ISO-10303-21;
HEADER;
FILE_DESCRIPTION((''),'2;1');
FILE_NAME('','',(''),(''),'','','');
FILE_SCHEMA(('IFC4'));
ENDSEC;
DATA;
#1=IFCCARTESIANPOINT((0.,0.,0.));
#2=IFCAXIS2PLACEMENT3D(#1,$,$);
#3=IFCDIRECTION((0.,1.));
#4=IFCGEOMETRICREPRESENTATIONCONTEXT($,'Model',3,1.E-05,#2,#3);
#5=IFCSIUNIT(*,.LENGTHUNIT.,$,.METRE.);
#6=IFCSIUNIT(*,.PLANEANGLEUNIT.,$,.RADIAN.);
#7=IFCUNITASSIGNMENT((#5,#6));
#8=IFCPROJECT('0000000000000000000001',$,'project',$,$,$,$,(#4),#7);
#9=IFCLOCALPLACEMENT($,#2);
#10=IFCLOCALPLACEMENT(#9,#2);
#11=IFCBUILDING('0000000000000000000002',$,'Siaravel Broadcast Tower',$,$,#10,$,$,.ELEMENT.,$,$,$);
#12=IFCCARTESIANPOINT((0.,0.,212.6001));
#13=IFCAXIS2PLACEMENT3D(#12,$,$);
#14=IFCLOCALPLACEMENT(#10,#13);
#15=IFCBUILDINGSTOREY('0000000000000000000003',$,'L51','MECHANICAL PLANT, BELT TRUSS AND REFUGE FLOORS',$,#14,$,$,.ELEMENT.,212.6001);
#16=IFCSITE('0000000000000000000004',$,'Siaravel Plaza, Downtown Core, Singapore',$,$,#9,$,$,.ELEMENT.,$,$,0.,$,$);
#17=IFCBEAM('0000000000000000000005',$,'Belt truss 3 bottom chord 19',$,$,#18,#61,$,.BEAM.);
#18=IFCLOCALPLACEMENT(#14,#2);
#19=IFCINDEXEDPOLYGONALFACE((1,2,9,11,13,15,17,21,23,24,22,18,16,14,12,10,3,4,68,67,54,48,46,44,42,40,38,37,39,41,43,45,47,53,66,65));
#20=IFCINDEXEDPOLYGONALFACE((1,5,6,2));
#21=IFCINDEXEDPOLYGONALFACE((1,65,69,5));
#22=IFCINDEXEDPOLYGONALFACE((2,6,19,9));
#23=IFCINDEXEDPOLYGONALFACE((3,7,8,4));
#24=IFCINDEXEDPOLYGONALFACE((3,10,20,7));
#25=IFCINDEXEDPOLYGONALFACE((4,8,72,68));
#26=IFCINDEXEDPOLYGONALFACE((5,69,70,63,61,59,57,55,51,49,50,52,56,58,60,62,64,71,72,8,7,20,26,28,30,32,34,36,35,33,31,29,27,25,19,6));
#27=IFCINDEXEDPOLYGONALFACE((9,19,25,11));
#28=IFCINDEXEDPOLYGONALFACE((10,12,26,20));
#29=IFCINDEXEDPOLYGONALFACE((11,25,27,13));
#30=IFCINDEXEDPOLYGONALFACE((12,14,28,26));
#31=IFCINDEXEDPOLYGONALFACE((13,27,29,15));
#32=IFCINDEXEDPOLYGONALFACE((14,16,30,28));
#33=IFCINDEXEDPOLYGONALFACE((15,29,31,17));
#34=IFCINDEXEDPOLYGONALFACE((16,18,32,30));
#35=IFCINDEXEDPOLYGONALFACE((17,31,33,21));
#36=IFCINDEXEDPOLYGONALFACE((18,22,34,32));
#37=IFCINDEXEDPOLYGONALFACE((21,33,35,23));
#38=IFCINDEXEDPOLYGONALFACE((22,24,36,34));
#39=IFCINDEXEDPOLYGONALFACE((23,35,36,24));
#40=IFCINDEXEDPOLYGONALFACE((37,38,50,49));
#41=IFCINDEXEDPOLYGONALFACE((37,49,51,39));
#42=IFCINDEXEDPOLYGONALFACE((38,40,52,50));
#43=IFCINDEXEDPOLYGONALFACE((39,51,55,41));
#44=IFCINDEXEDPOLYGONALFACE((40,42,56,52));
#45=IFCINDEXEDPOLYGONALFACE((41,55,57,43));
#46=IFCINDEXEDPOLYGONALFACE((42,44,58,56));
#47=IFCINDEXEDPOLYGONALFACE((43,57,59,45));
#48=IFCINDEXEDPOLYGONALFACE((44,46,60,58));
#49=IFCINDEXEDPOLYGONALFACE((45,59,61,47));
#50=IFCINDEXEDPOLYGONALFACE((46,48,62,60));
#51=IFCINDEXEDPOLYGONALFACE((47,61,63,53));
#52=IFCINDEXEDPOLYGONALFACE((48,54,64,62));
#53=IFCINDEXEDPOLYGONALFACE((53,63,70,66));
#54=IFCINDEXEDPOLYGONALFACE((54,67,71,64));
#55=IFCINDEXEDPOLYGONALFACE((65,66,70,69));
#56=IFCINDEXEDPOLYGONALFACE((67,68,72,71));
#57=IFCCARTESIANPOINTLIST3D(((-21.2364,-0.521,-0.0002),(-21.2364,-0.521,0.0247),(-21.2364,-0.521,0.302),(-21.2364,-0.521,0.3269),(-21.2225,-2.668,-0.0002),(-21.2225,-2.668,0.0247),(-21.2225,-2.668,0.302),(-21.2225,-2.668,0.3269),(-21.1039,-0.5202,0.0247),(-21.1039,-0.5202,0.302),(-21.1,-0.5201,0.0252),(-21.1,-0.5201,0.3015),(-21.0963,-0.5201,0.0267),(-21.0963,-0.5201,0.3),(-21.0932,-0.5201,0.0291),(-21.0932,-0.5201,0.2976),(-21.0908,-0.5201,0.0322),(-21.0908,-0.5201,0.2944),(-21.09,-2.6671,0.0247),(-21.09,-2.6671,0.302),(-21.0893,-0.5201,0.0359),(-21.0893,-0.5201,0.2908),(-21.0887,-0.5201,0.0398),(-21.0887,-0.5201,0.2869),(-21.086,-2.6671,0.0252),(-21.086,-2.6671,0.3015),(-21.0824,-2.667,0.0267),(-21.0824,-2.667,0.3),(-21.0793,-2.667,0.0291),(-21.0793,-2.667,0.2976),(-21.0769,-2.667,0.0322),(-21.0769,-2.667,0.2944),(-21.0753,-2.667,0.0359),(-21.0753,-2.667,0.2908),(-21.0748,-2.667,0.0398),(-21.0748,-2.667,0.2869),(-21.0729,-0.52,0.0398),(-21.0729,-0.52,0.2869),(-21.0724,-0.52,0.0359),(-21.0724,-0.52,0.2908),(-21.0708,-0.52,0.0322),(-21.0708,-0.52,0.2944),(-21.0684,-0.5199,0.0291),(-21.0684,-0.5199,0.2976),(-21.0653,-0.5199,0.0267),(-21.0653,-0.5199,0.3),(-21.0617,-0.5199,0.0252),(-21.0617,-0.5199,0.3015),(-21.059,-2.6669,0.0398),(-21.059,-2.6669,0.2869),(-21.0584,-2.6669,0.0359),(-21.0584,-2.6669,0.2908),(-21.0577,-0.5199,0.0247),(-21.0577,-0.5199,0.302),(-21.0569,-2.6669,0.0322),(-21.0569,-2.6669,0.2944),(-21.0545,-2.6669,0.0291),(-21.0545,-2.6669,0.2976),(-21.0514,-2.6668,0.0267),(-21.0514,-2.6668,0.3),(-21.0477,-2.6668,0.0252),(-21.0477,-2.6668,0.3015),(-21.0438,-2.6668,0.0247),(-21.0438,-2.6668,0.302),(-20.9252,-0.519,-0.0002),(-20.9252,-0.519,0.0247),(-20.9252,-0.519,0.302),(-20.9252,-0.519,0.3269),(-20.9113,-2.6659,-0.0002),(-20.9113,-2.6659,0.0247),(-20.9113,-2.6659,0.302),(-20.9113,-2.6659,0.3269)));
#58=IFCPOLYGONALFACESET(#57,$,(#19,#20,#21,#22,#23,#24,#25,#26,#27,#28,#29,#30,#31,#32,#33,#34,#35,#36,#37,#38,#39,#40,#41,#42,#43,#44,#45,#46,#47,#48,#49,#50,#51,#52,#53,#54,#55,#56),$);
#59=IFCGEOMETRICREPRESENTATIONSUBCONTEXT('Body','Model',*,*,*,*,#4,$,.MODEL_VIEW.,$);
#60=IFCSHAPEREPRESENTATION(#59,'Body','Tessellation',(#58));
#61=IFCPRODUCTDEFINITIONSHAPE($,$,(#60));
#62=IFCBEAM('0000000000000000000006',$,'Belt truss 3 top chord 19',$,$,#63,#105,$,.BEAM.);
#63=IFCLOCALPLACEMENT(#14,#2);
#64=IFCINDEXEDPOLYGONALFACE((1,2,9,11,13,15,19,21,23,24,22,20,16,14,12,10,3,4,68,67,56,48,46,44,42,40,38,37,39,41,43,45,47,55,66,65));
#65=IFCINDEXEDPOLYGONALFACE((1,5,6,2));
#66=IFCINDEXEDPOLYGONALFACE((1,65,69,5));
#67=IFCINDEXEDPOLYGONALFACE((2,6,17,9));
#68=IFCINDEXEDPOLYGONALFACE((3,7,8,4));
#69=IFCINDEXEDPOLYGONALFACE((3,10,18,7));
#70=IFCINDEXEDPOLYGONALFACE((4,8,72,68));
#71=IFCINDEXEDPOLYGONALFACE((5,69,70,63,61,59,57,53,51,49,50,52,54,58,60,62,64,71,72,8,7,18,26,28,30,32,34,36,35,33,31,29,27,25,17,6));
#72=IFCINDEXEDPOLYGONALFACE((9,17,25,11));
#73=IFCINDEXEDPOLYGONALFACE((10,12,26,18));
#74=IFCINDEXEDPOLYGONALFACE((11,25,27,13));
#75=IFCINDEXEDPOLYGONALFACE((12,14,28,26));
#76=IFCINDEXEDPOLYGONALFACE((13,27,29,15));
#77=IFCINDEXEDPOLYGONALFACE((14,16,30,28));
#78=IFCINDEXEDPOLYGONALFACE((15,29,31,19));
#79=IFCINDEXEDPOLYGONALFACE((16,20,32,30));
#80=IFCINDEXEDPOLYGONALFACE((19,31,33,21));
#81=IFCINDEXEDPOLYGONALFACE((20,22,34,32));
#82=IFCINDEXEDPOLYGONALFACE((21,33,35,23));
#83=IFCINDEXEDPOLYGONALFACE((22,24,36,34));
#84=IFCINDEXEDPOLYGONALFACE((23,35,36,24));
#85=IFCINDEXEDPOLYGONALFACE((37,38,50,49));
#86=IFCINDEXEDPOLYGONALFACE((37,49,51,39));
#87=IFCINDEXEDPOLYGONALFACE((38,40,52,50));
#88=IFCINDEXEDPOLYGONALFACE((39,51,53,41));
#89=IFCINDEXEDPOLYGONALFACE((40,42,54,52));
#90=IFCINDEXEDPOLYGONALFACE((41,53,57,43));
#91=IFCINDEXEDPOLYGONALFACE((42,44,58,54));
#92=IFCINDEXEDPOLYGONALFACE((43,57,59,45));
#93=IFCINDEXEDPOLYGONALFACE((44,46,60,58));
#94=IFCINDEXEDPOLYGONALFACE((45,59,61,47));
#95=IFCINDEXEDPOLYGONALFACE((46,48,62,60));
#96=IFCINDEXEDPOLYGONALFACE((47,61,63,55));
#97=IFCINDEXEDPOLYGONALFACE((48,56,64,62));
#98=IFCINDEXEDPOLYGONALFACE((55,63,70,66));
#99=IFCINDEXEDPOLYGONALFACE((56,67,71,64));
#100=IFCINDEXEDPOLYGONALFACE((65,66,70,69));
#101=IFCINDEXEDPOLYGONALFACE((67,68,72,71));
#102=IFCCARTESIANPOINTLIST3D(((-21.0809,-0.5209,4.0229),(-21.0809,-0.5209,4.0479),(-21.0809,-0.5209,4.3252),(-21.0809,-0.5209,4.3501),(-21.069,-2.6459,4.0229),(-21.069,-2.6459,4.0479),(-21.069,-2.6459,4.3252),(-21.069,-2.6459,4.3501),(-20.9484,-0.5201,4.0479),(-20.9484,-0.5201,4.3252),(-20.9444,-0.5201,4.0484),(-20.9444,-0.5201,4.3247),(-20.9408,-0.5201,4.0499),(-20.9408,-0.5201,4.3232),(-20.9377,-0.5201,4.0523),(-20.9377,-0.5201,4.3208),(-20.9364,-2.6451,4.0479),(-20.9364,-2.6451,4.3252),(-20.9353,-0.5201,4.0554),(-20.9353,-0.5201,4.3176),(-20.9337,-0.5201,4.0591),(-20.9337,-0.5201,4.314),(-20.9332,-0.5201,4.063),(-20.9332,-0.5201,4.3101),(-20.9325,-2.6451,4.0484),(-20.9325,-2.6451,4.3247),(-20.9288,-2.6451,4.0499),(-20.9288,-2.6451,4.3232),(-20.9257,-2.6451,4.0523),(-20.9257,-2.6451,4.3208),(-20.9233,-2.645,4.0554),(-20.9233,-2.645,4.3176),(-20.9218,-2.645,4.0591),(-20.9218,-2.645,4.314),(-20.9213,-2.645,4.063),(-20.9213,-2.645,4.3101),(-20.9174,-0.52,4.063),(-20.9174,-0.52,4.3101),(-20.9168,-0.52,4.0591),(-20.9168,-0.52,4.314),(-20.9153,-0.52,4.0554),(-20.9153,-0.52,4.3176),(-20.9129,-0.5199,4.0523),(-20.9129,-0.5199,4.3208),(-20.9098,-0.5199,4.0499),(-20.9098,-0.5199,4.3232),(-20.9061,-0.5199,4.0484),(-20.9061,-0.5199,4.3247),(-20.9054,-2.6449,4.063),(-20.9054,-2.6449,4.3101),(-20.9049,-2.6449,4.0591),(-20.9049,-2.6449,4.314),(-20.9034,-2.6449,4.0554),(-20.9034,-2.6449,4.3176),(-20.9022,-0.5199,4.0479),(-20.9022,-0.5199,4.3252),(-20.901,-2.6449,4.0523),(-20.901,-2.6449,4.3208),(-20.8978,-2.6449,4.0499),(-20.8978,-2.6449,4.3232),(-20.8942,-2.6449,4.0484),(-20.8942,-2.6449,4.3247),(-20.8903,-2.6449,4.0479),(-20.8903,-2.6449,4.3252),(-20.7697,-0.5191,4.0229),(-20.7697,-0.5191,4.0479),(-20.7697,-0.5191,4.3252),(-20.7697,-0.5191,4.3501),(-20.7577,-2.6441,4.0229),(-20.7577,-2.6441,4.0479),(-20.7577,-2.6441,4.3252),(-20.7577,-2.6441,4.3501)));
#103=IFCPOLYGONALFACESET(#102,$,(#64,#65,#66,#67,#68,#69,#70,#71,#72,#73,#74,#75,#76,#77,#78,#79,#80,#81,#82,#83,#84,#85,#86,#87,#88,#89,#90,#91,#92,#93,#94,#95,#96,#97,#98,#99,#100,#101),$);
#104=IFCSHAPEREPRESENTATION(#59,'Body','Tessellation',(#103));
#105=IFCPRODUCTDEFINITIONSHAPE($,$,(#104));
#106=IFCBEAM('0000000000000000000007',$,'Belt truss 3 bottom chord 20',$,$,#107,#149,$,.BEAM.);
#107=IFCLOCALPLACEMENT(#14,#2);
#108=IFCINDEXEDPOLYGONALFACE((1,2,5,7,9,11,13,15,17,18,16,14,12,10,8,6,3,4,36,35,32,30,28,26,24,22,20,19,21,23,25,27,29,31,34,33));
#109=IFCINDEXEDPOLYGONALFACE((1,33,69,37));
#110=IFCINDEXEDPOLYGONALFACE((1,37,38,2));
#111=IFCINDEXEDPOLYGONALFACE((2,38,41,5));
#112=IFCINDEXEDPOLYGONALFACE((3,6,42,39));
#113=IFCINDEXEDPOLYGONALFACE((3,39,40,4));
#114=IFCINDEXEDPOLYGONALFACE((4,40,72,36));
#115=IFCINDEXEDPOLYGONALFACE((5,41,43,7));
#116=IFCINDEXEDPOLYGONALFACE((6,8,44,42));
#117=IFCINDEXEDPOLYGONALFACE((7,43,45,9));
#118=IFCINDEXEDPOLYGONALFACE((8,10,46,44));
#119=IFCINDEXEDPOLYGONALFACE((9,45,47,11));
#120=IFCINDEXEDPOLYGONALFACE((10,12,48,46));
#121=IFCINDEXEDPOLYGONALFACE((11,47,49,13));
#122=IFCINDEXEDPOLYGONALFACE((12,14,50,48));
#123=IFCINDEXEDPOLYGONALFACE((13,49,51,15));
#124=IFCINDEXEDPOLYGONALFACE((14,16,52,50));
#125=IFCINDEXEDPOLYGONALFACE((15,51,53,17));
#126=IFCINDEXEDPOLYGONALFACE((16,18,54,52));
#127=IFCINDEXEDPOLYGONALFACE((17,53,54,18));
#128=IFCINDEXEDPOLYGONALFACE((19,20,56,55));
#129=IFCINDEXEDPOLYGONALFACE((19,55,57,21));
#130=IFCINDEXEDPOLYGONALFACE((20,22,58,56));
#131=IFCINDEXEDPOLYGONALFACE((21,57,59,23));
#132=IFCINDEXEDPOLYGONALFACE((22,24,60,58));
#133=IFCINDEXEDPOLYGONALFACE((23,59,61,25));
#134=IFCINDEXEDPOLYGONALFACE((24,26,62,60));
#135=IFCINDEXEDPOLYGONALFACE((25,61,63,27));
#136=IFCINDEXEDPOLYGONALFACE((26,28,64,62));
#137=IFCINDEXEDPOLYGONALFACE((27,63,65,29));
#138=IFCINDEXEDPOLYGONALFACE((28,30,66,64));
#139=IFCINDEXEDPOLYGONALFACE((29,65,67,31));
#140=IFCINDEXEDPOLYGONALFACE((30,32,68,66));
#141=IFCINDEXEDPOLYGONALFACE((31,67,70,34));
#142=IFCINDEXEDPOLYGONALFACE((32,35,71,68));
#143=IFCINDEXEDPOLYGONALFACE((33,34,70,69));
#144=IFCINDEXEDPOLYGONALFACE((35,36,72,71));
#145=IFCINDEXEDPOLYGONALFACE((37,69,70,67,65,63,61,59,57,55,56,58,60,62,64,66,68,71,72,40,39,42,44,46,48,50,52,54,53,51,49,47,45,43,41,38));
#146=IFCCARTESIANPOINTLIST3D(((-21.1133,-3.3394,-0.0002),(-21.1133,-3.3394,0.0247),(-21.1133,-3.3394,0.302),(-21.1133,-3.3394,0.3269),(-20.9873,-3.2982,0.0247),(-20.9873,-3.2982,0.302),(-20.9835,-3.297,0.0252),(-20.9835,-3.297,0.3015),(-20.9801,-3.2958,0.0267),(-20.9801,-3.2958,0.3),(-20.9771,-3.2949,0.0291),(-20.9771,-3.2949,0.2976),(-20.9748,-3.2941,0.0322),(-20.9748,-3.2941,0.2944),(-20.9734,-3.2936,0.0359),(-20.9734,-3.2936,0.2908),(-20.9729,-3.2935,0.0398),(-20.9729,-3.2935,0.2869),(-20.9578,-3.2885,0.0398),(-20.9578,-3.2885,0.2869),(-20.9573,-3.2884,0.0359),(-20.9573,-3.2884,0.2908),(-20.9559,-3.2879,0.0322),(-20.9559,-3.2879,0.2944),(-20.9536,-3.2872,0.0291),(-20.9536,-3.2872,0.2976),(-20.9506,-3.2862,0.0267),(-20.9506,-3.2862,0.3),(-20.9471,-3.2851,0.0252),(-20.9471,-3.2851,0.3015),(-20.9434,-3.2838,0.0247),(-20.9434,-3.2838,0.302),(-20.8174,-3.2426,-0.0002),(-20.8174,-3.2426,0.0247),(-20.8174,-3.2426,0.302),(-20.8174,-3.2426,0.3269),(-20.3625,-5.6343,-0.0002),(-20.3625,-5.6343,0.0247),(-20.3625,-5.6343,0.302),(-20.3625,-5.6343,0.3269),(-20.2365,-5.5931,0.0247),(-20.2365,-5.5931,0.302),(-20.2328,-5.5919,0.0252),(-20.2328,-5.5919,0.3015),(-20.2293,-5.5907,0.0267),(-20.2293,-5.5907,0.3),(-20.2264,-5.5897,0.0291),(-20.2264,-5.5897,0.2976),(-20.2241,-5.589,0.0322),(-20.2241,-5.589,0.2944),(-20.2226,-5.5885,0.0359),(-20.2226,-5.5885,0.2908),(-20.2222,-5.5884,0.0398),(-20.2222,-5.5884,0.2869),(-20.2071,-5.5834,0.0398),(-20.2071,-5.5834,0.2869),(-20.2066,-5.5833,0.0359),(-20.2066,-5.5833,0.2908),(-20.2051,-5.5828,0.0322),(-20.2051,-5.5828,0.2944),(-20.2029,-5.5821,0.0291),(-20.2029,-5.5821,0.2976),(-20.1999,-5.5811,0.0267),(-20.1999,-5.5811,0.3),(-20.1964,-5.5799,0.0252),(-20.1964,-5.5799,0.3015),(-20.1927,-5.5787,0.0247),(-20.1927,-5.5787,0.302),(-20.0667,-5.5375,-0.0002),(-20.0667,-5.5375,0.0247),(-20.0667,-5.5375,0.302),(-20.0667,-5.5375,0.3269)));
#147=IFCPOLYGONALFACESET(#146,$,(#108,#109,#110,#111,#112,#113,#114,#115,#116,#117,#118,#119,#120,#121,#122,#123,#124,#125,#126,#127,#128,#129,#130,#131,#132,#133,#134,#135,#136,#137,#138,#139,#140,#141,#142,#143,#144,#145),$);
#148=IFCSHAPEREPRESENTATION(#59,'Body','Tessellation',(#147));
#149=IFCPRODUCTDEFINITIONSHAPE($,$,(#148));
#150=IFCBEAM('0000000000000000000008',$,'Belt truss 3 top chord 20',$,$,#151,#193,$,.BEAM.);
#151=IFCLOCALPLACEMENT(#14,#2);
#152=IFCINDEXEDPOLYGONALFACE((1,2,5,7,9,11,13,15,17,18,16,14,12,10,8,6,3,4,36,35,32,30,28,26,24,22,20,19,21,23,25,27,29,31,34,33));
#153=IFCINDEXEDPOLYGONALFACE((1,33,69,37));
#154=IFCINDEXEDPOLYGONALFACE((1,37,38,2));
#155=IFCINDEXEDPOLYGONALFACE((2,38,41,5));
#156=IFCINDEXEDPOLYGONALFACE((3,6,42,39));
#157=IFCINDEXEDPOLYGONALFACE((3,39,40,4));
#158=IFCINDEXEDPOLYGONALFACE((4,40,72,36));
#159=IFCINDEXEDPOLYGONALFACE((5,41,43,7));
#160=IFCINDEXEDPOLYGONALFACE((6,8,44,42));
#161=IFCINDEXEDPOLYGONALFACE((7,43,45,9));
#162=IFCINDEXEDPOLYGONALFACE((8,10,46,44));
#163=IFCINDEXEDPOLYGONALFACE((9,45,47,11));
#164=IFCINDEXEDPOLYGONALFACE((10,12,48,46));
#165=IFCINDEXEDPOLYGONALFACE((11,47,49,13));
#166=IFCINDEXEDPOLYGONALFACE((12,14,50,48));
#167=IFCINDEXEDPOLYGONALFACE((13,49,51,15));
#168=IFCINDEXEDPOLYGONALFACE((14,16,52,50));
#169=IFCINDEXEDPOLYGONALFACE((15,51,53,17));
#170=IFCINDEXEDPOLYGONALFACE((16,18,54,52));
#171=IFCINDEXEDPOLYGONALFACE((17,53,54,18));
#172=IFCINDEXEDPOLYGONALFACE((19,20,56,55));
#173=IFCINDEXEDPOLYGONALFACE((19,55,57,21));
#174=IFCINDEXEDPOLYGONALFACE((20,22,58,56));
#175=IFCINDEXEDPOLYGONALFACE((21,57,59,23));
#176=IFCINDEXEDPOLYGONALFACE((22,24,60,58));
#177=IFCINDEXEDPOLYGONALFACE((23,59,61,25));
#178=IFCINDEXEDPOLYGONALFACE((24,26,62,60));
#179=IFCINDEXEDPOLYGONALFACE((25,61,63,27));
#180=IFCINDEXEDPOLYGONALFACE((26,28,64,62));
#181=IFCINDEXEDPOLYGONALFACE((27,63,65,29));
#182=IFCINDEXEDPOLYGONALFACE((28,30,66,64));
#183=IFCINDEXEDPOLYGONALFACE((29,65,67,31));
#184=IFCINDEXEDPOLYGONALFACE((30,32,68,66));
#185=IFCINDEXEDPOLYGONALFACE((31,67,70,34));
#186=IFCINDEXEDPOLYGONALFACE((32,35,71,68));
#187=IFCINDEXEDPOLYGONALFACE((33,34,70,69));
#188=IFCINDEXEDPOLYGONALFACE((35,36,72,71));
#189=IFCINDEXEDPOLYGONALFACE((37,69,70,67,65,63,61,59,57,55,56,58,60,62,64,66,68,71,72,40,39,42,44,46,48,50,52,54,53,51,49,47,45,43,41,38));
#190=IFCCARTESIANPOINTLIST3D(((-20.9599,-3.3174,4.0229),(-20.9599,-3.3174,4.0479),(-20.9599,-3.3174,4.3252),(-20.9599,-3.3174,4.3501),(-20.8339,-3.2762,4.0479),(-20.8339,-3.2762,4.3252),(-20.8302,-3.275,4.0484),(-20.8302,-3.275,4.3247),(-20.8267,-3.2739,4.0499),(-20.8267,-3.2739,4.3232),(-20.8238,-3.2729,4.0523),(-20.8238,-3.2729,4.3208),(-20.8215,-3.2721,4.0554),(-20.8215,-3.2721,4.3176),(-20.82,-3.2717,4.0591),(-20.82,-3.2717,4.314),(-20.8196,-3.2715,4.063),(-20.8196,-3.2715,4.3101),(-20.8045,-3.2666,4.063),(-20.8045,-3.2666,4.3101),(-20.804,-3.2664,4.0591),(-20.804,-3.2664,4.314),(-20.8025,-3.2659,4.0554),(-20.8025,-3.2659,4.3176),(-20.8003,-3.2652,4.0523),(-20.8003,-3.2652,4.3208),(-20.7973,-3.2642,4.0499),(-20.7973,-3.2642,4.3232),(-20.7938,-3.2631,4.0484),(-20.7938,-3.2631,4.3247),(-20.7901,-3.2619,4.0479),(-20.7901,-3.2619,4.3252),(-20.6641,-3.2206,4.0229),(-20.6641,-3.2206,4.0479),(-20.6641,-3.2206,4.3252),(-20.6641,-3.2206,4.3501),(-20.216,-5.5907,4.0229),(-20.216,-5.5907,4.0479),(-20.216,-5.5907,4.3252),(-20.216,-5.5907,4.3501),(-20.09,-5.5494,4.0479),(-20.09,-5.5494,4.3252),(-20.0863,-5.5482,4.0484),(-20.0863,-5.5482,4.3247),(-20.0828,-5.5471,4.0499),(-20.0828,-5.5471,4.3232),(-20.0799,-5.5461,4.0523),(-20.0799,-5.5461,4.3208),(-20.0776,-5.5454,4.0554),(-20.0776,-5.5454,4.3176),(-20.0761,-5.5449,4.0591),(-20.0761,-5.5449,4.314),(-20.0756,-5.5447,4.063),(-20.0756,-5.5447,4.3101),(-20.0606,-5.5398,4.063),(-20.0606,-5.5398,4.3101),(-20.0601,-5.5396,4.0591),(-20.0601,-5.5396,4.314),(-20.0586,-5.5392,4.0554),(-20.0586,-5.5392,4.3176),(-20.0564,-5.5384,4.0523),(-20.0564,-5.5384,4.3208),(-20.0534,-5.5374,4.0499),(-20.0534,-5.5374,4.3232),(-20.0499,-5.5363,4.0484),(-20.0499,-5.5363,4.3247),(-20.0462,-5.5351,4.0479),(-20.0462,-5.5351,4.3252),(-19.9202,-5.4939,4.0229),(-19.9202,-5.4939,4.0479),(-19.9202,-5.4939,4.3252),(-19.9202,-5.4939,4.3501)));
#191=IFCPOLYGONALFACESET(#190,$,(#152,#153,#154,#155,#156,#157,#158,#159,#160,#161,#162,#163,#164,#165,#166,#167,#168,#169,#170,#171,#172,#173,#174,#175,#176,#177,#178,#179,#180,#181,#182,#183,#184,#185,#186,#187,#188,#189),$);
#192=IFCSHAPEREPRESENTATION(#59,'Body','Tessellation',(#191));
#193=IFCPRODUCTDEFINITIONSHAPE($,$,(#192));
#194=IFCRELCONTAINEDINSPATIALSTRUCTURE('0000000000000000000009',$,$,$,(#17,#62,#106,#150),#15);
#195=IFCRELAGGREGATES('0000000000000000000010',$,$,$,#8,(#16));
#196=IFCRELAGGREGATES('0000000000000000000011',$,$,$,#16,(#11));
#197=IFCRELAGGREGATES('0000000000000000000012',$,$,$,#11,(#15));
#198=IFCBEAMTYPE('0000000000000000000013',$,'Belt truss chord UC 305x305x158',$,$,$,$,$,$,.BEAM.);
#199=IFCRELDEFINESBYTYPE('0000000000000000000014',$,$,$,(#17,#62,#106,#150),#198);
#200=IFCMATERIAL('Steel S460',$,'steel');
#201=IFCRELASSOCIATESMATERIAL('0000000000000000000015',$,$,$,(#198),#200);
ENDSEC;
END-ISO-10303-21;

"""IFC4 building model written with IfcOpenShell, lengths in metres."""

from ifc_helpers import new_model, si_unit, direction, frame, origin, origin_2d, place, context, subcontext, project, spatial, i_section, extrude, material, material_profile, profile_set, type_object, element, save


model = new_model("IFC4")

# Units and contexts
model_context = context("Model", 3, precision=1e-05, world=origin(), true_north=direction((0.0, 1.0)))
body_context = subcontext(model_context, "Body", "Model", "MODEL_VIEW")
ifc_project = project(units=[si_unit("LENGTHUNIT", "METRE"), si_unit("PLANEANGLEUNIT", "RADIAN")], contexts=[model_context])

# Site, building, storey
site_placement = place(None, origin())
site = spatial("IfcSite", under=ifc_project, at=site_placement, Name="Siaravel Plaza, Downtown Core, Singapore", CompositionType="ELEMENT", RefElevation=0.0)
building_placement = place(site_placement, origin())
building = spatial("IfcBuilding", under=site, at=building_placement, Name="Siaravel Broadcast Tower", CompositionType="ELEMENT")
storey_placement = place(building_placement, frame((0.0, 0.0, 212.6001)))
storey = spatial("IfcBuildingStorey", under=building, at=storey_placement, Name="L51", Description="MECHANICAL PLANT, BELT TRUSS AND REFUGE FLOORS", CompositionType="ELEMENT", Elevation=212.6001)

# Beams
ifc_material_1 = material(Name="Steel S460", Category="steel")
ifc_material_profile_1 = material_profile(ifc_material_1, i_section(OverallWidth=0.3113, OverallDepth=0.3271, WebThickness=0.0159, FlangeThickness=0.0249, FilletRadius=0.0151, at=origin_2d()))
ifc_profile_set_1 = profile_set([ifc_material_profile_1], Name="Steel S460")
beam_type_1 = type_object("IfcBeamType", Name="Belt truss chord UC 305x305x158", PredefinedType="BEAM", material=ifc_profile_set_1)
beam_1_placement = place(storey_placement, frame((-21.0808, -0.52, 0.1633), z_axis=(0.006482, -0.999979, 0.0), x_axis=(0.999979, 0.006482, 0.0)))
element("IfcBeam", 1, at=beam_1_placement, inside=storey, type_object=beam_type_1, Name="Belt truss 3 bottom chord 19", PredefinedType="BEAM", context=body_context, shape_type="SweptSolid", body=[
    extrude(i_section(OverallWidth=0.3113, OverallDepth=0.3271, WebThickness=0.0159, FlangeThickness=0.0249, FilletRadius=0.0151, at=origin_2d()), origin(), (0.0, 0.0, 1.0), 2.147),
])
beam_2_placement = place(storey_placement, frame((-20.9253, -0.52, 4.1865), z_axis=(0.00563, -0.999984, 0.0), x_axis=(0.999984, 0.00563, 0.0)))
element("IfcBeam", 2, at=beam_2_placement, inside=storey, type_object=beam_type_1, Name="Belt truss 3 top chord 19", PredefinedType="BEAM", context=body_context, shape_type="SweptSolid", body=[
    extrude(i_section(OverallWidth=0.3113, OverallDepth=0.3271, WebThickness=0.0159, FlangeThickness=0.0249, FilletRadius=0.0151, at=origin_2d()), origin(), (0.0, 0.0, 1.0), 2.125),
])
beam_3_placement = place(storey_placement, frame((-20.9653, -3.291, 0.1633), z_axis=(0.310915, -0.950438, 0.0), x_axis=(0.950438, 0.310915, 0.0)))
element("IfcBeam", 3, at=beam_3_placement, inside=storey, type_object=beam_type_1, Name="Belt truss 3 bottom chord 20", PredefinedType="BEAM", context=body_context, shape_type="SweptSolid", body=[
    extrude(i_section(OverallWidth=0.3113, OverallDepth=0.3271, WebThickness=0.0159, FlangeThickness=0.0249, FilletRadius=0.0151, at=origin_2d()), origin(), (0.0, 0.0, 1.0), 2.4146),
])
beam_4_placement = place(storey_placement, frame((-20.812, -3.269, 4.1865), z_axis=(0.311017, -0.950404, 0.0), x_axis=(0.950404, 0.311017, 0.0)))
element("IfcBeam", 4, at=beam_4_placement, inside=storey, type_object=beam_type_1, Name="Belt truss 3 top chord 20", PredefinedType="BEAM", context=body_context, shape_type="SweptSolid", body=[
    extrude(i_section(OverallWidth=0.3113, OverallDepth=0.3271, WebThickness=0.0159, FlangeThickness=0.0249, FilletRadius=0.0151, at=origin_2d()), origin(), (0.0, 0.0, 1.0), 2.3918),
])

save(model, "model.ifc")
